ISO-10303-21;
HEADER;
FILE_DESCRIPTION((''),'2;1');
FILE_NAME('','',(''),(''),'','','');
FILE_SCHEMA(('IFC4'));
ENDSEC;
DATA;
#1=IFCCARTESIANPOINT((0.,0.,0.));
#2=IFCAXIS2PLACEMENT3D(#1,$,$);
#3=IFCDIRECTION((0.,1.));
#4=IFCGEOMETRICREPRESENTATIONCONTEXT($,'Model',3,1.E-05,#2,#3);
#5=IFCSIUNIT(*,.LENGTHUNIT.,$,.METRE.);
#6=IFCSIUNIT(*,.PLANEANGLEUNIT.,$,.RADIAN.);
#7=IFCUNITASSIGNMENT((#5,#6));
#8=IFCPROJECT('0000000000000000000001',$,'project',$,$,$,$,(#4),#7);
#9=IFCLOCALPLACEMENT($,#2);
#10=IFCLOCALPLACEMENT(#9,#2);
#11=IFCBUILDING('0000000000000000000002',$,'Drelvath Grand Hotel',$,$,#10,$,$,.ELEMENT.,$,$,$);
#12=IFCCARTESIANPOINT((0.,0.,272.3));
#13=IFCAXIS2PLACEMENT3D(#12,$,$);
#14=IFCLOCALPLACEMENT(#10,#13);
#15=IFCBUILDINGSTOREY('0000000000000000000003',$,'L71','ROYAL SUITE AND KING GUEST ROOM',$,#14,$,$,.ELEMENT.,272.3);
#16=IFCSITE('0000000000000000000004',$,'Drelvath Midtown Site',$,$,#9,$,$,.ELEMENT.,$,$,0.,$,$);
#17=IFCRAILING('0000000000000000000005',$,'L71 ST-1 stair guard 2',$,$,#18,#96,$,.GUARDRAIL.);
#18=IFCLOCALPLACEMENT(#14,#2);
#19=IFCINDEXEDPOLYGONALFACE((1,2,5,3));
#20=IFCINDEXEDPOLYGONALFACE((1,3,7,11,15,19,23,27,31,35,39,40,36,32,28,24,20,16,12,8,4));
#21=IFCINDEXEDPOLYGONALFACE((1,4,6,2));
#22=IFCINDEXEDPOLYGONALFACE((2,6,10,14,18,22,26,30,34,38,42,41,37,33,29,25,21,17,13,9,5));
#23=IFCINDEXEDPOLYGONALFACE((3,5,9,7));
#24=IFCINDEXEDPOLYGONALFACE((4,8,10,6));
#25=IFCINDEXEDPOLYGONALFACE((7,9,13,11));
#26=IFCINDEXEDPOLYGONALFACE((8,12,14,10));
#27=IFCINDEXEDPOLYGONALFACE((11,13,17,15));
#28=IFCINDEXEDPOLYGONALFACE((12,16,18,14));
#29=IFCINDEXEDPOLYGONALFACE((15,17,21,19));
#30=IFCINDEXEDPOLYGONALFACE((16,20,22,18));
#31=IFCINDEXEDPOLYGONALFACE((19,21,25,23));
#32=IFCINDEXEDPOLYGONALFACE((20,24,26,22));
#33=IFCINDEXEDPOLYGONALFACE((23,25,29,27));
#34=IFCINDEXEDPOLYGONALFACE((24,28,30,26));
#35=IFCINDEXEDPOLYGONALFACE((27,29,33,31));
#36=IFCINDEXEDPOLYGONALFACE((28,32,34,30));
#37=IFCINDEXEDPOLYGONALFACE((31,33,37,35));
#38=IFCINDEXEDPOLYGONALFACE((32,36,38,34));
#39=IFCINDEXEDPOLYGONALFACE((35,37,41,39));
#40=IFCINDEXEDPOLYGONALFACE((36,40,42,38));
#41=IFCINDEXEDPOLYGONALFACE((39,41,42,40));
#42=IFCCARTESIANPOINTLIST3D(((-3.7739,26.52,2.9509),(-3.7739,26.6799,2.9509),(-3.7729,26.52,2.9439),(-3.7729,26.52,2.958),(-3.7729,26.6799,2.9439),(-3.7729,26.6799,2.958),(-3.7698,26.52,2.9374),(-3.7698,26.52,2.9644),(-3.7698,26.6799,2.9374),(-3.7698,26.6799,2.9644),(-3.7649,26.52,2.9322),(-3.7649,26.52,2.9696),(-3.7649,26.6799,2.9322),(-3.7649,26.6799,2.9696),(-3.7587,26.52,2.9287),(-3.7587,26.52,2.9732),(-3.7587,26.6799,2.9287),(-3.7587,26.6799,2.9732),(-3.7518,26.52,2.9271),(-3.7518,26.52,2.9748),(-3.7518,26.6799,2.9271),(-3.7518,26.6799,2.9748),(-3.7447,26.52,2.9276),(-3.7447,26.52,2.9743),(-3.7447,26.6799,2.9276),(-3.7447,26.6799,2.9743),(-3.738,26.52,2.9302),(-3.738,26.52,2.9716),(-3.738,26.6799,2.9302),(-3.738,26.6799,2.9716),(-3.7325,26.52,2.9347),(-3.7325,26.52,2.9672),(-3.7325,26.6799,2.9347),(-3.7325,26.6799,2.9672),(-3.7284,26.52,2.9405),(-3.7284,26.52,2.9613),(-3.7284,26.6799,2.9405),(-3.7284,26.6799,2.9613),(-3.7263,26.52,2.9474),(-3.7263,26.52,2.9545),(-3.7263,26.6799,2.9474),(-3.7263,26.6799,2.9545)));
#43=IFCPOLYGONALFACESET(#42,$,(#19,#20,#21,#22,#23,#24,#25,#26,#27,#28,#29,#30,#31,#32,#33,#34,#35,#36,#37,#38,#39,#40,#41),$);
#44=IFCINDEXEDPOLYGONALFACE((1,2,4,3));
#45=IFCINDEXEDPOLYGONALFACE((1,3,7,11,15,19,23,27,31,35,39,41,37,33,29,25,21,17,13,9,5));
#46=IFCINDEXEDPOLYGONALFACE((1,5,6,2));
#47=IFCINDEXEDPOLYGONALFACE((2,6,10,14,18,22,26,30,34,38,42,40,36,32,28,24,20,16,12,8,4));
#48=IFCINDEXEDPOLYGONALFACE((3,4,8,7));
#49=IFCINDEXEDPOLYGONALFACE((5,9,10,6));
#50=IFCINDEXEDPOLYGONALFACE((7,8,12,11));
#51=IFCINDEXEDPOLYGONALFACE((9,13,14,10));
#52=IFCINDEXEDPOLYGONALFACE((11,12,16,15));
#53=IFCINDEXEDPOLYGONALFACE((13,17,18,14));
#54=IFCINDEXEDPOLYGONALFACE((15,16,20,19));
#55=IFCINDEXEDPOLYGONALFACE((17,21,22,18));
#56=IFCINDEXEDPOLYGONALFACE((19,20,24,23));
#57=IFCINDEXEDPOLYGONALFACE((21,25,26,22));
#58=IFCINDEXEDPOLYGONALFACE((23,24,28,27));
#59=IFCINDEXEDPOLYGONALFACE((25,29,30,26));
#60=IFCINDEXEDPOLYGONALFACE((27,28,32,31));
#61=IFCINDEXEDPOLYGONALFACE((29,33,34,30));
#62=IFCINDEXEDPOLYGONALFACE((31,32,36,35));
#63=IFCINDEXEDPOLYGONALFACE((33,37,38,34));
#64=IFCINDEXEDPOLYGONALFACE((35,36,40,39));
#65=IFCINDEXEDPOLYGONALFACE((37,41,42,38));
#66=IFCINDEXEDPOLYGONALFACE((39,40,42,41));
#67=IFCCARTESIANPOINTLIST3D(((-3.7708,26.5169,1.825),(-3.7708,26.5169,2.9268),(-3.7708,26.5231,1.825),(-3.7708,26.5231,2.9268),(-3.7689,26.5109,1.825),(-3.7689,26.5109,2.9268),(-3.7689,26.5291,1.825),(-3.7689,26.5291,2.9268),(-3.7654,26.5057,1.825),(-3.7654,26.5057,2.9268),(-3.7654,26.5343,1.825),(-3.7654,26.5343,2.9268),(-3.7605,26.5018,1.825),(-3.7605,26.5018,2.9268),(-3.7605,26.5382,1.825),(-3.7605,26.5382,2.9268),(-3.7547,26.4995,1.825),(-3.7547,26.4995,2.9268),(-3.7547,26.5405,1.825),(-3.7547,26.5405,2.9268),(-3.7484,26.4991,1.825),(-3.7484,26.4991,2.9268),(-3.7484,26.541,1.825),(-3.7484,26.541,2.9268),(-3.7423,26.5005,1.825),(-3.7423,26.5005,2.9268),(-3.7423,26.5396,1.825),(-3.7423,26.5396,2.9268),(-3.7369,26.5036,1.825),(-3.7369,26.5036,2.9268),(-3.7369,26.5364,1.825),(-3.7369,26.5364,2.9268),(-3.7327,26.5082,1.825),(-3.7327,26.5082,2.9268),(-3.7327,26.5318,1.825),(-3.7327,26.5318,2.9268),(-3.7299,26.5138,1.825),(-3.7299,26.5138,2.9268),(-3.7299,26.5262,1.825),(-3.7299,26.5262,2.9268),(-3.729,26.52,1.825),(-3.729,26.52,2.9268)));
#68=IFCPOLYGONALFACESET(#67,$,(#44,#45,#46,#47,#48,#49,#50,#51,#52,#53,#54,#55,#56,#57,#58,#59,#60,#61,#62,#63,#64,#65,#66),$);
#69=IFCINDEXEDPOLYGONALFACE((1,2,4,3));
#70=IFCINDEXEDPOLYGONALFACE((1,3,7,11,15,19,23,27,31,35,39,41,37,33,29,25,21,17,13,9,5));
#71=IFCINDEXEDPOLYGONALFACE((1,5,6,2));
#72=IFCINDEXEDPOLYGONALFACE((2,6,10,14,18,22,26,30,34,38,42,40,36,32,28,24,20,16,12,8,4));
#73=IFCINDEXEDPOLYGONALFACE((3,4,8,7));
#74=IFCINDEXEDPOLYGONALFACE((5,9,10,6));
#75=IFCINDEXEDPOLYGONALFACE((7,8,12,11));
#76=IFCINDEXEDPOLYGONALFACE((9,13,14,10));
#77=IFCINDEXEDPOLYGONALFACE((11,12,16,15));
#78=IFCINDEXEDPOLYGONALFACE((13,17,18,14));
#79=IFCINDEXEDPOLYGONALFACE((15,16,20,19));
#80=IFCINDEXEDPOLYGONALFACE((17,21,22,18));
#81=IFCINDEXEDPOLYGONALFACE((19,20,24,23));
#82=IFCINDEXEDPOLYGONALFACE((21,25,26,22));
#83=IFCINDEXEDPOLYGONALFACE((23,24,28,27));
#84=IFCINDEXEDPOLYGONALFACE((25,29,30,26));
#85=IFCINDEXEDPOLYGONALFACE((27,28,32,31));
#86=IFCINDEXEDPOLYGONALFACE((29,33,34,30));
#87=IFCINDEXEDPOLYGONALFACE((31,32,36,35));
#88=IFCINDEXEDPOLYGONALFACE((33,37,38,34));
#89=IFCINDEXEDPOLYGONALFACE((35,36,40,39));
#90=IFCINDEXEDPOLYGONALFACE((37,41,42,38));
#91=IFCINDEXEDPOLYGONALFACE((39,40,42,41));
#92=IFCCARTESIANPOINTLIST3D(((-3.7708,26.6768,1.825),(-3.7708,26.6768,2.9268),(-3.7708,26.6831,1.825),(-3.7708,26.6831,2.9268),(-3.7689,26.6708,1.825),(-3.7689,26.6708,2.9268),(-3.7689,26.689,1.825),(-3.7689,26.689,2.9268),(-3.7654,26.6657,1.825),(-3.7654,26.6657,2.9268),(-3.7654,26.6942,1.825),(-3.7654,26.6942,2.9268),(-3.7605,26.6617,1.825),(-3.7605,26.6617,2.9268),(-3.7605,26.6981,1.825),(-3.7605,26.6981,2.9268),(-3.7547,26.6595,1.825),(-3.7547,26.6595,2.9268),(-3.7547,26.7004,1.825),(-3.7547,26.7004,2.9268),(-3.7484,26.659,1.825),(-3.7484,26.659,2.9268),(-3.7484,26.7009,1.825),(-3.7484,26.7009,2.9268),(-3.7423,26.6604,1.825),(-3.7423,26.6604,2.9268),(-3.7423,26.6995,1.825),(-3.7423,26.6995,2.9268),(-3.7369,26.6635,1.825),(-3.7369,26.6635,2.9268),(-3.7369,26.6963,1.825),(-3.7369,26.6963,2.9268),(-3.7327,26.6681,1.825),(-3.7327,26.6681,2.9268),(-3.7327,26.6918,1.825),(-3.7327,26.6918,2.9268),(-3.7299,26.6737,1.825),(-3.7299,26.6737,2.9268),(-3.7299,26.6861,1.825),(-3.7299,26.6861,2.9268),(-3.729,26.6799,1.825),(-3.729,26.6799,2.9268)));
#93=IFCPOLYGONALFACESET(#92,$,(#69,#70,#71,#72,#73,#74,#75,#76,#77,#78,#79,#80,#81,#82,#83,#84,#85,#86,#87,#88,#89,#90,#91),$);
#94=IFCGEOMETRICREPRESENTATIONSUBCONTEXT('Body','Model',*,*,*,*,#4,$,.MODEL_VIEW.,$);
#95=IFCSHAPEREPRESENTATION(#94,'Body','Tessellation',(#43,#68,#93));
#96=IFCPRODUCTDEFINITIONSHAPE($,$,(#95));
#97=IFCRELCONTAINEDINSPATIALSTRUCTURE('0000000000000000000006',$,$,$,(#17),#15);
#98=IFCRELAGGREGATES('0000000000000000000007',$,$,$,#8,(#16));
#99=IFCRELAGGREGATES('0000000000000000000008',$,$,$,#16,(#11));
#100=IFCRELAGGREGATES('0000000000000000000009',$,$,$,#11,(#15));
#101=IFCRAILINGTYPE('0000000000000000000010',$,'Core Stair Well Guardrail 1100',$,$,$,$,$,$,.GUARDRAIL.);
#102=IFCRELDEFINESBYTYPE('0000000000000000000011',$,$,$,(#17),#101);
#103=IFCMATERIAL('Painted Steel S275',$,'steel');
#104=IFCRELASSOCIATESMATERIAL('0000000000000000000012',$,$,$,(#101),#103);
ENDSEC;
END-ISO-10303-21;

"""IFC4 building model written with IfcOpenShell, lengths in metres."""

from ifc_helpers import new_model, si_unit, direction, frame, origin, origin_2d, place, context, subcontext, project, spatial, circle, extrude, material, type_object, element, save


model = new_model("IFC4")

# Units and contexts
model_context = context("Model", 3, precision=1e-05, world=origin(), true_north=direction((0.0, 1.0)))
body_context = subcontext(model_context, "Body", "Model", "MODEL_VIEW")
ifc_project = project(units=[si_unit("LENGTHUNIT", "METRE"), si_unit("PLANEANGLEUNIT", "RADIAN")], contexts=[model_context])

# Site, building, storey
site_placement = place(None, origin())
site = spatial("IfcSite", under=ifc_project, at=site_placement, Name="Drelvath Midtown Site", CompositionType="ELEMENT", RefElevation=0.0)
building_placement = place(site_placement, origin())
building = spatial("IfcBuilding", under=site, at=building_placement, Name="Drelvath Grand Hotel", CompositionType="ELEMENT")
storey_placement = place(building_placement, frame((0.0, 0.0, 272.3)))
storey = spatial("IfcBuildingStorey", under=building, at=storey_placement, Name="L71", Description="ROYAL SUITE AND KING GUEST ROOM", CompositionType="ELEMENT", Elevation=272.3)

# Shared definitions
ifc_material_1 = material(Name="Painted Steel S275", Category="steel")

# Railing
railing_type_1 = type_object("IfcRailingType", Name="Core Stair Well Guardrail 1100", PredefinedType="GUARDRAIL", material=ifc_material_1)
railing_1_placement = place(storey_placement, frame((-3.75, 26.52, 1.825)))
element("IfcRailing", 1, at=railing_1_placement, inside=storey, type_object=railing_type_1, Name="L71 ST-1 stair guard 2", PredefinedType="GUARDRAIL", context=body_context, shape_type="SweptSolid", body=[
    extrude(circle(Radius=0.0239, at=origin_2d()), frame((0.0, 0.0, 1.126), z_axis=(0.0, 1.0, 0.0), x_axis=(-1.0, 0.0, 0.0)), (0.0, 0.0, 1.0), 0.1599),
    extrude(circle(Radius=0.021, at=origin_2d()), origin(), (0.0, 0.0, 1.0), 1.1018),
    extrude(circle(Radius=0.021, at=origin_2d()), frame((0.0, 0.1599, 0.0)), (0.0, 0.0, 1.0), 1.1018),
])

save(model, "model.ifc")
